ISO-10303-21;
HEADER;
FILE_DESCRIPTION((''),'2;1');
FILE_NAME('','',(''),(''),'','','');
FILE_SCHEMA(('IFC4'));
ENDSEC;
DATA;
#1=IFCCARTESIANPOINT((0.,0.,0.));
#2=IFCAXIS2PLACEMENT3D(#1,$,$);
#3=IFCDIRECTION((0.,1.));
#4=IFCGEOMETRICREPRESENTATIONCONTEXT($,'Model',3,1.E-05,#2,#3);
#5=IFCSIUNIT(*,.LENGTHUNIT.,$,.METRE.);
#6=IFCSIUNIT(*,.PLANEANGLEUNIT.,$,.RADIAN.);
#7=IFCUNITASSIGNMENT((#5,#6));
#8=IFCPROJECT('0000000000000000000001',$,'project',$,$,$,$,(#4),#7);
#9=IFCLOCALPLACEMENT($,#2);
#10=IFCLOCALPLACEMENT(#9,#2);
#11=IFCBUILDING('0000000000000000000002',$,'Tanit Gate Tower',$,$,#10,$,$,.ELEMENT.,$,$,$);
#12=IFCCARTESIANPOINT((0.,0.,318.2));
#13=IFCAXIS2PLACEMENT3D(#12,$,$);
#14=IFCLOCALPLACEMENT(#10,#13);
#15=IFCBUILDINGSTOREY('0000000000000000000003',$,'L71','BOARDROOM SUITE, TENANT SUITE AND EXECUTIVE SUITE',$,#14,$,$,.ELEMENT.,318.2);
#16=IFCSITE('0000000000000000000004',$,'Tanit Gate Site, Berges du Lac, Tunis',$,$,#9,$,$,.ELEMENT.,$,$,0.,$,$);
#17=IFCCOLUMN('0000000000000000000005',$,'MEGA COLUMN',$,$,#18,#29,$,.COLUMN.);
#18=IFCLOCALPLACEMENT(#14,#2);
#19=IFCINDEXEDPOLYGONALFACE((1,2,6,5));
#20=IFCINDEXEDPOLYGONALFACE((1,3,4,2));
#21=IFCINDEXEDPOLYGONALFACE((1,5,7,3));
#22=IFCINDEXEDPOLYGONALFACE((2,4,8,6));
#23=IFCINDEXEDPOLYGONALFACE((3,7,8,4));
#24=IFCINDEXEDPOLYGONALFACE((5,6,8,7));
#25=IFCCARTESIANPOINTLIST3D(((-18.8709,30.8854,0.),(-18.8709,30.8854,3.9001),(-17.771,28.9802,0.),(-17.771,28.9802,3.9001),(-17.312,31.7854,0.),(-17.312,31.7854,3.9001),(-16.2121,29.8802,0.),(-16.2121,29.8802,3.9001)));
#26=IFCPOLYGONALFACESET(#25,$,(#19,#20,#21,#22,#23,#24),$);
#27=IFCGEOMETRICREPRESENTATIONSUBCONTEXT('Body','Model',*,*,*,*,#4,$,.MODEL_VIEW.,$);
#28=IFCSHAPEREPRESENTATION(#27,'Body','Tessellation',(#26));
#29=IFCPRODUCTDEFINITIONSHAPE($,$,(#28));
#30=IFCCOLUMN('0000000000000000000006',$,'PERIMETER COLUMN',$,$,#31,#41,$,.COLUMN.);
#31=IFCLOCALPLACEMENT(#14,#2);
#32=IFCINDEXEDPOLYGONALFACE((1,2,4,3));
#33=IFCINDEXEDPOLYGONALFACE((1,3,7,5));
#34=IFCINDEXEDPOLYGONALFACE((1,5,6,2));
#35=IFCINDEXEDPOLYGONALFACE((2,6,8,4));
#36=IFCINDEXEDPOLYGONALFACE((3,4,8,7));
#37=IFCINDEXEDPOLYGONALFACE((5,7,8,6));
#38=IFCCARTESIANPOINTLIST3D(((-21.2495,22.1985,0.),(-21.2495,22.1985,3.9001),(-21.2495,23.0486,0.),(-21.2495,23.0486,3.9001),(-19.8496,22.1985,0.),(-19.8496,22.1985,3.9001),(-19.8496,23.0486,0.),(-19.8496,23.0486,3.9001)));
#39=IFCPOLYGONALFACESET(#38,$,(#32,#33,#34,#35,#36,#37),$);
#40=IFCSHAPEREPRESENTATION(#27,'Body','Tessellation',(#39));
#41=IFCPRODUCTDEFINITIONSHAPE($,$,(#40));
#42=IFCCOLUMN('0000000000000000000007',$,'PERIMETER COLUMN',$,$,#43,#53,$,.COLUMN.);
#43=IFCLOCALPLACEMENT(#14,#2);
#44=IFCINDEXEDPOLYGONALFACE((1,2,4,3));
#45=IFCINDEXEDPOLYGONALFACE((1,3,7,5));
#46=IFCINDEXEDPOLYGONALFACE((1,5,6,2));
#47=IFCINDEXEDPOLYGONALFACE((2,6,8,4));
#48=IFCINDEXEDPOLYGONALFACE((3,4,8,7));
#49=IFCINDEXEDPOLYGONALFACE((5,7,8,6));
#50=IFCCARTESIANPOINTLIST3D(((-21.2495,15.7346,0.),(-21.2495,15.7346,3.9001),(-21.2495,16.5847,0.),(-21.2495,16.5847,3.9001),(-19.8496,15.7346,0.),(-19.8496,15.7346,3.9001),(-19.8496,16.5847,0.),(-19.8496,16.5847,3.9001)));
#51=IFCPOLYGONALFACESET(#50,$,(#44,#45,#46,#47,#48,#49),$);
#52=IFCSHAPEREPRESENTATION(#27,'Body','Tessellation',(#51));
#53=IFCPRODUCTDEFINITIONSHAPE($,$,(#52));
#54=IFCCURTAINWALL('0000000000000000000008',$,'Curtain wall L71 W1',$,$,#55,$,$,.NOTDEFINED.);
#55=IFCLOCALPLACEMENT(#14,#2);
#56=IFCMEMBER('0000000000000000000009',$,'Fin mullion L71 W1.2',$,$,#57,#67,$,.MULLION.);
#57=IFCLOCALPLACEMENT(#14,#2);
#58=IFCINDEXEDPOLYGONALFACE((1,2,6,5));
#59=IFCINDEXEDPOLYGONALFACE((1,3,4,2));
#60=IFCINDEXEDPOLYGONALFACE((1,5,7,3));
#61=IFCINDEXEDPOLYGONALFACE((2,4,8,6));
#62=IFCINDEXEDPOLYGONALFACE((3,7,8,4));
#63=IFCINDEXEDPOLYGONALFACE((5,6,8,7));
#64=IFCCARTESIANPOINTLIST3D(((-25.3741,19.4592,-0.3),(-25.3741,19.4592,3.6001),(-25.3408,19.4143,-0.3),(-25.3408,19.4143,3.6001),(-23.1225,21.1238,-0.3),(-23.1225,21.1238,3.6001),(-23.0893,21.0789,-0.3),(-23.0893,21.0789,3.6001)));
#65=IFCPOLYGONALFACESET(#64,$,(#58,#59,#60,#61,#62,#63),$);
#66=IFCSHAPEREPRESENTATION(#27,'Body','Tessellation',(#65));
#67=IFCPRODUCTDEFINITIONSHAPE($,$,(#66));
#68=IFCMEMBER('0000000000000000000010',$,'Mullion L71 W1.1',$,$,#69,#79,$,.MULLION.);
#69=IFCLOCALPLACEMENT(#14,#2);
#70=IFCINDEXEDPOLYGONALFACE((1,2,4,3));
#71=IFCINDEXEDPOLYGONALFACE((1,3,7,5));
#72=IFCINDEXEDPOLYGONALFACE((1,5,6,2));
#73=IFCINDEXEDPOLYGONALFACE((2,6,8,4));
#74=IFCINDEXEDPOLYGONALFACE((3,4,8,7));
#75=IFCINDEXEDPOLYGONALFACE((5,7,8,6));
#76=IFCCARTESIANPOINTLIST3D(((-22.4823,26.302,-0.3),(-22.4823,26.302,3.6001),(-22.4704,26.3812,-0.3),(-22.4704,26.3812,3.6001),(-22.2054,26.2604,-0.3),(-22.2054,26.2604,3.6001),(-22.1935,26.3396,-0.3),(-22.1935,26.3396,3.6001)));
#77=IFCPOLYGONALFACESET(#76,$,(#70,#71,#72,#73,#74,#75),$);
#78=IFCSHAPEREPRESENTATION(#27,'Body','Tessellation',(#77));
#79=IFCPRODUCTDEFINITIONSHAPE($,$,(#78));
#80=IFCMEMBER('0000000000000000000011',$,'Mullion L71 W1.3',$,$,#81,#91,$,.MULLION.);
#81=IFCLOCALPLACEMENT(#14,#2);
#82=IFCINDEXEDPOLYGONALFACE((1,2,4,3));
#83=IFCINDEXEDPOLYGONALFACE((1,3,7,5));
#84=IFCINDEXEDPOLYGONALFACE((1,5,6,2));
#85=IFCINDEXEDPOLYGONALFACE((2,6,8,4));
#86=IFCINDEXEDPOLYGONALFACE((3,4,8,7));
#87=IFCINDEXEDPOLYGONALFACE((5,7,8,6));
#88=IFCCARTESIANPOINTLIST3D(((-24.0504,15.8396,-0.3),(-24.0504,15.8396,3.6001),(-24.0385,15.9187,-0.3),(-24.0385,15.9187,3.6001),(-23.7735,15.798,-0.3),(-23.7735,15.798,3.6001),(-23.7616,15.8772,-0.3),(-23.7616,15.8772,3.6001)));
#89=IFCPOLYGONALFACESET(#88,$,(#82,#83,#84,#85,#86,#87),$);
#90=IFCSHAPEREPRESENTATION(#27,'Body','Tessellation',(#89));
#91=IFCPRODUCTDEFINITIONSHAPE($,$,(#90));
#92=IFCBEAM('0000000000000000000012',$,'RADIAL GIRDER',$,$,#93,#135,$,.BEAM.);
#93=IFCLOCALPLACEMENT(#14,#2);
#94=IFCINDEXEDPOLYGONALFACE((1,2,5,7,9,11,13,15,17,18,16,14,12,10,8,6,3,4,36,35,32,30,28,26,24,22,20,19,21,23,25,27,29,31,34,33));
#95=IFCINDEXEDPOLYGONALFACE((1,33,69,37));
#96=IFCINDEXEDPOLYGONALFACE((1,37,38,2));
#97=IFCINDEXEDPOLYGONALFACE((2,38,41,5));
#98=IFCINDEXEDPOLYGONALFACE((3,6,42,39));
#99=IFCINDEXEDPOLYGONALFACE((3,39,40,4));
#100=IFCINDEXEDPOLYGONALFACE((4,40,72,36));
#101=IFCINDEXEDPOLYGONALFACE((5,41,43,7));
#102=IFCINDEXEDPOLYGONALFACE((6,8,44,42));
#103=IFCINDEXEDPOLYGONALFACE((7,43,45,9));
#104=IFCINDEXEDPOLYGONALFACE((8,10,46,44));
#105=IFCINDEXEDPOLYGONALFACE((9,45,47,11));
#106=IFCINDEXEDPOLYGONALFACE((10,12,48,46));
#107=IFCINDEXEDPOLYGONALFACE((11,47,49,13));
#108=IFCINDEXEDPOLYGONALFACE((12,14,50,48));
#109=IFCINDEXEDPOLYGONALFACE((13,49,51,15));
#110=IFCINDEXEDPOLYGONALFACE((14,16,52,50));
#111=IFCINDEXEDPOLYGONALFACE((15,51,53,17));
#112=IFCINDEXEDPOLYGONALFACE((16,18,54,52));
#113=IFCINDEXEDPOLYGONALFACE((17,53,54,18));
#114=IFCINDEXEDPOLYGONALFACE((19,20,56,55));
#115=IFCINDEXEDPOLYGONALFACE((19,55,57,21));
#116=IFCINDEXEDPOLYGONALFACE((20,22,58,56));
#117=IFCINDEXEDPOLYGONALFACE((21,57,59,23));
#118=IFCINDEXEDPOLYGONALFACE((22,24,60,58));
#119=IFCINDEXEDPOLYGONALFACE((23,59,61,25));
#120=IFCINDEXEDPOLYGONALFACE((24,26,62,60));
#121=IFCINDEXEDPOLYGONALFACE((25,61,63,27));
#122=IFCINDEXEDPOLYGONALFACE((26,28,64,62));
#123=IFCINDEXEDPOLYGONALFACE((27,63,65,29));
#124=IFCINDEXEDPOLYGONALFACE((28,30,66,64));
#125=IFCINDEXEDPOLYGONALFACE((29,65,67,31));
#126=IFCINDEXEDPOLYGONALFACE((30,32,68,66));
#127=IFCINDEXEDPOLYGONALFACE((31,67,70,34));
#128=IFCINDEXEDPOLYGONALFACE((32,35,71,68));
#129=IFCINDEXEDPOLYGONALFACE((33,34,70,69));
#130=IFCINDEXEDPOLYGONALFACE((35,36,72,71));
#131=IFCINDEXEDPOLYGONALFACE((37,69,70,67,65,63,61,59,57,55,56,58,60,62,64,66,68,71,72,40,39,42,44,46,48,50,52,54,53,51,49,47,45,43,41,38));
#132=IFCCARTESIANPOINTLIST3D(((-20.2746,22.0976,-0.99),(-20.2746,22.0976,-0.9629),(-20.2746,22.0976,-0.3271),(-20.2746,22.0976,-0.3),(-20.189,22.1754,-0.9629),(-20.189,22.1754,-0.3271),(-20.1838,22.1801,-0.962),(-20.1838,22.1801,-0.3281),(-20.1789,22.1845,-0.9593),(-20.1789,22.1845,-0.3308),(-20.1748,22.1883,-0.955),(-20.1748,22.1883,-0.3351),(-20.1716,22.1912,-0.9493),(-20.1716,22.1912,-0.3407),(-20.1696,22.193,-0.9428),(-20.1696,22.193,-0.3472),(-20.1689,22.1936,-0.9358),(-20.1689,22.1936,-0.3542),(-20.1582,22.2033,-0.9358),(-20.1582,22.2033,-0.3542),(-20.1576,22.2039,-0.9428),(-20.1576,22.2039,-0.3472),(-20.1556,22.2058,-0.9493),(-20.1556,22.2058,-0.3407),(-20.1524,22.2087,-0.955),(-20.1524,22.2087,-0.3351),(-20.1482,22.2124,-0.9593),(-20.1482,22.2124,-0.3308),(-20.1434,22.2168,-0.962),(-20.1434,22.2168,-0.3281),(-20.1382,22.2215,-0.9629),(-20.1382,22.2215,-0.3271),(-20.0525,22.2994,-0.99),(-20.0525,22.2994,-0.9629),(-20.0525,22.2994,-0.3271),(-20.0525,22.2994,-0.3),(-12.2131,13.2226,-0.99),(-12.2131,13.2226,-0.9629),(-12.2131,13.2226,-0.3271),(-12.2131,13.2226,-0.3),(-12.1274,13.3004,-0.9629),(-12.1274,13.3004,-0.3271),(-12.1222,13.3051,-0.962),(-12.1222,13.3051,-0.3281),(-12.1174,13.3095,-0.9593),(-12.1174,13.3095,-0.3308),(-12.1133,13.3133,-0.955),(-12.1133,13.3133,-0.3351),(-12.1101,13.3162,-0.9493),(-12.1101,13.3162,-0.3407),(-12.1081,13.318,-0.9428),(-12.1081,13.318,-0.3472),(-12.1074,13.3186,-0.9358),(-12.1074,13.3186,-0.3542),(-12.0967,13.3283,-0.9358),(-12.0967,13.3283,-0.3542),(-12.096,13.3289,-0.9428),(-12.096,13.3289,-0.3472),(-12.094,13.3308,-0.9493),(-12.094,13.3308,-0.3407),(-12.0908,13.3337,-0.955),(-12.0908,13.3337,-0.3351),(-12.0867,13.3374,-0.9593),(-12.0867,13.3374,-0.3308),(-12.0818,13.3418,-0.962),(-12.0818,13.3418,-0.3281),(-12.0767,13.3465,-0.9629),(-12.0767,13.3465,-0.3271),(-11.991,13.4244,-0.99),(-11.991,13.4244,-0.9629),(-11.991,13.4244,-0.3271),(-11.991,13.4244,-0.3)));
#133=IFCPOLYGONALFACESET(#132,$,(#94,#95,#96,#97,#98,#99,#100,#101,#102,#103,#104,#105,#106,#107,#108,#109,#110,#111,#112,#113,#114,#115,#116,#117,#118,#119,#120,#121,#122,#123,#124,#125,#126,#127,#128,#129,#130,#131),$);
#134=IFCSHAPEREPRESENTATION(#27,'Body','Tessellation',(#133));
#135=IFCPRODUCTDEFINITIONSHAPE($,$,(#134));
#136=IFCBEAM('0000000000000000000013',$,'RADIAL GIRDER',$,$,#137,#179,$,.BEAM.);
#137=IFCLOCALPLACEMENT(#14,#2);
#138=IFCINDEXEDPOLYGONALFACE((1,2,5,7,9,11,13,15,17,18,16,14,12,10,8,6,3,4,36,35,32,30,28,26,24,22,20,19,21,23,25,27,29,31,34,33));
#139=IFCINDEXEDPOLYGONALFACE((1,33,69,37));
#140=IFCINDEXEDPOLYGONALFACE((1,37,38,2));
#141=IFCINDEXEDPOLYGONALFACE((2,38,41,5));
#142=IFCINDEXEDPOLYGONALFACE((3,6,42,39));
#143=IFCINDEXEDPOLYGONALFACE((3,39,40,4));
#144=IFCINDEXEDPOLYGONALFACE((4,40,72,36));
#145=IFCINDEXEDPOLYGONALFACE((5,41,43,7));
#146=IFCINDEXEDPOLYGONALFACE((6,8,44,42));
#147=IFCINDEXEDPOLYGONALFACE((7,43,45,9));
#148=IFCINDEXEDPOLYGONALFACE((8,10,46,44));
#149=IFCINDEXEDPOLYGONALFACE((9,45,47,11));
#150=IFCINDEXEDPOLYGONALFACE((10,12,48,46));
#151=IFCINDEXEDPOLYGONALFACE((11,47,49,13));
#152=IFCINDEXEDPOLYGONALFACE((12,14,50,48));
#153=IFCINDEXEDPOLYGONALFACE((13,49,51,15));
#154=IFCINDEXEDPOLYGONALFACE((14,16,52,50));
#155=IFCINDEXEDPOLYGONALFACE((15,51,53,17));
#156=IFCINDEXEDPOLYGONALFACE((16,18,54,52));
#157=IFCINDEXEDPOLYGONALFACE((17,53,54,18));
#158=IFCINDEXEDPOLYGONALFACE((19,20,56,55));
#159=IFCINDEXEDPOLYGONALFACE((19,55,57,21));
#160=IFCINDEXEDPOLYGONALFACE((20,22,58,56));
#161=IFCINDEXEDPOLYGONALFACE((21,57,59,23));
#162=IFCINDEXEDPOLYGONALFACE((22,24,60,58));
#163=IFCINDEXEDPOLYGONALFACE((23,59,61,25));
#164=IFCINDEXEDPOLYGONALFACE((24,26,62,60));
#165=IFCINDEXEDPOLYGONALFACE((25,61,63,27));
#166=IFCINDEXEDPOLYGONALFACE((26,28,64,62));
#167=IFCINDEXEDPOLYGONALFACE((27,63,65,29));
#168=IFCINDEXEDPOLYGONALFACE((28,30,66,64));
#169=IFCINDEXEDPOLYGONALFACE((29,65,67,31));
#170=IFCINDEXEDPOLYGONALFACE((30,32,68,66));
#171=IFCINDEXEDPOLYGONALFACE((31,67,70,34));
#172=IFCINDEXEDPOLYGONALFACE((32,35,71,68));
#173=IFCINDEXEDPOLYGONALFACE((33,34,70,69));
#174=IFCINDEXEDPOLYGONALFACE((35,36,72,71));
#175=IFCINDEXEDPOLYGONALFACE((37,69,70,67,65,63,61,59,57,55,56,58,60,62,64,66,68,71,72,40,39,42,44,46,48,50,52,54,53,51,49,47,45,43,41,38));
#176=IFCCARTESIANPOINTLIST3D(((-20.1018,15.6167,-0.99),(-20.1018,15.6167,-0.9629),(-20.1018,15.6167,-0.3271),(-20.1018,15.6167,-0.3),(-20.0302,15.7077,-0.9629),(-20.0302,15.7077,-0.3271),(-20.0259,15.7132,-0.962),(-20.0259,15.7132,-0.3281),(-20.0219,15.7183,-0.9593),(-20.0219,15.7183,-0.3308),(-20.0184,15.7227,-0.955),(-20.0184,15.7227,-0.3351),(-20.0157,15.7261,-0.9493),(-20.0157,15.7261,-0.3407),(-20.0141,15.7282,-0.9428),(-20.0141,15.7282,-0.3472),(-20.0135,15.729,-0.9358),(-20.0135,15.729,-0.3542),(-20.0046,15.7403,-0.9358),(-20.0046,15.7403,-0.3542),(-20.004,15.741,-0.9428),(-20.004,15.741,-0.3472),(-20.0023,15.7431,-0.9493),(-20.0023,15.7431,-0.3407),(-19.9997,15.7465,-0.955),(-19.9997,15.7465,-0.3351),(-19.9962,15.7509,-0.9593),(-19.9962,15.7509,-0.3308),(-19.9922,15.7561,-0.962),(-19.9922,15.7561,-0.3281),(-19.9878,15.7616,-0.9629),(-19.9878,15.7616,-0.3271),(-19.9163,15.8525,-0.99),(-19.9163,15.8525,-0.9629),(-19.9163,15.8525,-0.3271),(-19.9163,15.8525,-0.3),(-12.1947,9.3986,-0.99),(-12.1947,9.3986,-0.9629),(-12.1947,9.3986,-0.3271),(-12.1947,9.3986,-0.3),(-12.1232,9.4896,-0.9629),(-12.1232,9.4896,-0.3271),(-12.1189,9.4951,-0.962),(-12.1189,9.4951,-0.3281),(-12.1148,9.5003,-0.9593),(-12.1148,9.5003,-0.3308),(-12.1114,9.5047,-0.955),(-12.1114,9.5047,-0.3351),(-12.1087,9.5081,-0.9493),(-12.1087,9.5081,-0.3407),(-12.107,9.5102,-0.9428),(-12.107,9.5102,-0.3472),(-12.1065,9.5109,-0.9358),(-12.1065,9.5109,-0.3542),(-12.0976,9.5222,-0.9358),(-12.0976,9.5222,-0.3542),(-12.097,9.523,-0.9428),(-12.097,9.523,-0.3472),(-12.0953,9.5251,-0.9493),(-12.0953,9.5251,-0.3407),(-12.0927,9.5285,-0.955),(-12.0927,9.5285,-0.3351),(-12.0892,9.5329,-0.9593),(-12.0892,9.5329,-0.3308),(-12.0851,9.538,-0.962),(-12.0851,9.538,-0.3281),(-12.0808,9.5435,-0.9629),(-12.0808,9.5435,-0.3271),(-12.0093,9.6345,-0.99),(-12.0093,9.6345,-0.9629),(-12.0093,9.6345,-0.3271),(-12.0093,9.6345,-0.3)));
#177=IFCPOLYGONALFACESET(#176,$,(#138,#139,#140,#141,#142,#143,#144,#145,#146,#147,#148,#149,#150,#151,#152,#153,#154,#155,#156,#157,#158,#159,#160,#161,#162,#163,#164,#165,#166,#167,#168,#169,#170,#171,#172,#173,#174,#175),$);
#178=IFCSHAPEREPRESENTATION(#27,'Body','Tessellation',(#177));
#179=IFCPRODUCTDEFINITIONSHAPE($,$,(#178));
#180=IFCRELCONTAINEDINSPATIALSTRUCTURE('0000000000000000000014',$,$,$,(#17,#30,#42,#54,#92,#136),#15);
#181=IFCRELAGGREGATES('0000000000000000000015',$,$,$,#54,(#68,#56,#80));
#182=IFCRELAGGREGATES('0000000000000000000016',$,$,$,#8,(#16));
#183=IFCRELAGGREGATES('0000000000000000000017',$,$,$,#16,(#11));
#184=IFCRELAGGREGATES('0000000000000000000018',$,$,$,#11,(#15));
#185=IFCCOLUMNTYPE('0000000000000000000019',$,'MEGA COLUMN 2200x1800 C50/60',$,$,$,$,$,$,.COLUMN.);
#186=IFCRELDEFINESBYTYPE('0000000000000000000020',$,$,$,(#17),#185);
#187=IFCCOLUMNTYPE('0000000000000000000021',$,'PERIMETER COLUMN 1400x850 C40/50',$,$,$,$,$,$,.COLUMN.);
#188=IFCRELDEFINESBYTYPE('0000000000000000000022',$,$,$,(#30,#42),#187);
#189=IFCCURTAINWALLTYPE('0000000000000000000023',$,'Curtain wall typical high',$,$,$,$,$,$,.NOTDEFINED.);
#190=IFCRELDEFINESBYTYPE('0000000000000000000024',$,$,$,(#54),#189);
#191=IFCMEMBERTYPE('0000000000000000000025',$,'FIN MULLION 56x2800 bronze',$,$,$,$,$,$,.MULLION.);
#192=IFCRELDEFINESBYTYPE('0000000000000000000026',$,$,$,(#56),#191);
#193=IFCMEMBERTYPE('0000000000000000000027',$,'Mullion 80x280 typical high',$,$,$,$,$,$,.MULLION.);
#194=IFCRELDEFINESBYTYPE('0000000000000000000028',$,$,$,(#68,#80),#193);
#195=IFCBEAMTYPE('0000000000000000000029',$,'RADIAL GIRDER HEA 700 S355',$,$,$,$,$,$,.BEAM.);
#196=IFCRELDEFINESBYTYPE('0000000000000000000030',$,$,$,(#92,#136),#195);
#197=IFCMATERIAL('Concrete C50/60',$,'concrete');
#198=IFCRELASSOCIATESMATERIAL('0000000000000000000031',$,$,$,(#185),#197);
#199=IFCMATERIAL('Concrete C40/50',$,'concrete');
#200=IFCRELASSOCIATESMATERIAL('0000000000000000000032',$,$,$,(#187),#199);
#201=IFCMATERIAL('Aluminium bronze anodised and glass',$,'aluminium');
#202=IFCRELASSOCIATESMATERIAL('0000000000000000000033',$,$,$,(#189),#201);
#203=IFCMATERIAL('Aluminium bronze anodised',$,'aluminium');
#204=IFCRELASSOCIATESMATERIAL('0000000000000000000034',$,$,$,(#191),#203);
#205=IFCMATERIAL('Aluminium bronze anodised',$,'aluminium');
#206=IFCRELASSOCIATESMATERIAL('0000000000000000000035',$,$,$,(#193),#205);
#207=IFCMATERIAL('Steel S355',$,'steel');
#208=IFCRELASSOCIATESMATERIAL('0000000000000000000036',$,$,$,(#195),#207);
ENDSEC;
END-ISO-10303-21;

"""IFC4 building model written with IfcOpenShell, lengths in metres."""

from ifc_helpers import new_model, si_unit, direction, frame, origin, origin_2d, place, context, subcontext, project, spatial, rectangle, i_section, extrude, material, material_profile, profile_set, type_object, element, aggregate, save


model = new_model("IFC4")

# Units and contexts
model_context = context("Model", 3, precision=1e-05, world=origin(), true_north=direction((0.0, 1.0)))
body_context = subcontext(model_context, "Body", "Model", "MODEL_VIEW")
ifc_project = project(units=[si_unit("LENGTHUNIT", "METRE"), si_unit("PLANEANGLEUNIT", "RADIAN")], contexts=[model_context])

# Site, building, storey
site_placement = place(None, origin())
site = spatial("IfcSite", under=ifc_project, at=site_placement, Name="Tanit Gate Site, Berges du Lac, Tunis", CompositionType="ELEMENT", RefElevation=0.0)
building_placement = place(site_placement, origin())
building = spatial("IfcBuilding", under=site, at=building_placement, Name="Tanit Gate Tower", CompositionType="ELEMENT")
storey_placement = place(building_placement, frame((0.0, 0.0, 318.2)))
storey = spatial("IfcBuildingStorey", under=building, at=storey_placement, Name="L71", Description="BOARDROOM SUITE, TENANT SUITE AND EXECUTIVE SUITE", CompositionType="ELEMENT", Elevation=318.2)

# Columns
ifc_material_1 = material(Name="Concrete C50/60", Category="concrete")
ifc_material_profile_1 = material_profile(ifc_material_1, rectangle(XDim=2.2, YDim=1.8, at=origin_2d()), Name="RC 2200x1800")
ifc_profile_set_1 = profile_set([ifc_material_profile_1], Name="Concrete C50/60")
column_type_1 = type_object("IfcColumnType", Name="MEGA COLUMN 2200x1800 C50/60", PredefinedType="COLUMN", material=ifc_profile_set_1)
column_placement = place(storey_placement, frame((-17.5415, 30.3828, 0.0), z_axis=(0.0, 0.0, 1.0), x_axis=(-0.5, 0.866025, 0.0)))
element("IfcColumn", 1, at=column_placement, inside=storey, type_object=column_type_1, Name="MEGA COLUMN", PredefinedType="COLUMN", context=body_context, shape_type="SweptSolid", body=[
    extrude(rectangle(XDim=2.2, YDim=1.8, at=origin_2d()), origin(), (0.0, 0.0, 1.0), 3.9001),
])
ifc_material_2 = material(Name="Concrete C40/50", Category="concrete")
ifc_material_profile_2 = material_profile(ifc_material_2, rectangle(XDim=1.3999, YDim=0.8501, at=origin_2d()), Name="RC 1400x850")
ifc_profile_set_2 = profile_set([ifc_material_profile_2], Name="Concrete C40/50")
column_type_2 = type_object("IfcColumnType", Name="PERIMETER COLUMN 1400x850 C40/50", PredefinedType="COLUMN", material=ifc_profile_set_2)
for number, where, z_axis, x_axis, name in (
    (2, (-20.5496, 22.6235, 0.0), (0.0, 0.0, 1.0), (-1.0, 0.0, 0.0), "PERIMETER COLUMN"),
    (3, (-20.5496, 16.1597, 0.0), (0.0, 0.0, 1.0), (-1.0, 0.0, 0.0), "PERIMETER COLUMN"),
):
    element("IfcColumn", number, at=place(storey_placement, frame(where, z_axis=z_axis, x_axis=x_axis)), inside=storey, type_object=column_type_2, Name=name, PredefinedType="COLUMN", context=body_context, shape_type="SweptSolid", body=[
        extrude(rectangle(XDim=1.3999, YDim=0.8501, at=origin_2d()), origin(), (0.0, 0.0, 1.0), 3.9001),
    ])

# Curtain wall, members
ifc_material_3 = material(Name="Aluminium bronze anodised and glass", Category="aluminium")
curtain_wall_type = type_object("IfcCurtainWallType", Name="Curtain wall typical high", PredefinedType="NOTDEFINED", material=ifc_material_3)
curtain_wall_1_placement = place(storey_placement, origin())
curtain_wall_1 = element("IfcCurtainWall", 4, at=curtain_wall_1_placement, inside=storey, type_object=curtain_wall_type, Name="Curtain wall L71 W1", PredefinedType="NOTDEFINED")
ifc_material_4 = material(Name="Aluminium bronze anodised", Category="aluminium")
ifc_material_profile_3 = material_profile(ifc_material_4, rectangle(XDim=2.8, YDim=0.0559, at=origin_2d()), Name="56x2800 bronze fin mullion")
ifc_profile_set_3 = profile_set([ifc_material_profile_3], Name="Aluminium bronze anodised")
member_type_1 = type_object("IfcMemberType", Name="FIN MULLION 56x2800 bronze", PredefinedType="MULLION", material=ifc_profile_set_3)
member_1_placement = place(storey_placement, frame((-24.2317, 20.269, -0.3), z_axis=(0.0, 0.0, 1.0), x_axis=(0.804109, 0.594482, 0.0)))
member_1 = element("IfcMember", 5, at=member_1_placement, type_object=member_type_1, Name="Fin mullion L71 W1.2", PredefinedType="MULLION", context=body_context, shape_type="SweptSolid", body=[
    extrude(rectangle(XDim=2.8, YDim=0.0559, at=origin_2d()), origin(), (0.0, 0.0, 1.0), 3.9001),
])
ifc_material_5 = material(Name="Aluminium bronze anodised", Category="aluminium")
ifc_material_profile_4 = material_profile(ifc_material_5, rectangle(XDim=0.28, YDim=0.0801, at=origin_2d()), Name="80x280 bronze mullion")
ifc_profile_set_4 = profile_set([ifc_material_profile_4], Name="Aluminium bronze anodised")
member_type_2 = type_object("IfcMemberType", Name="Mullion 80x280 typical high", PredefinedType="MULLION", material=ifc_profile_set_4)
member_2_placement = place(storey_placement, frame((-22.3379, 26.3208, -0.3), z_axis=(0.0, 0.0, 1.0), x_axis=(0.988953, -0.148229, 0.0)))
member_2 = element("IfcMember", 6, at=member_2_placement, type_object=member_type_2, Name="Mullion L71 W1.1", PredefinedType="MULLION", context=body_context, shape_type="SweptSolid", body=[
    extrude(rectangle(XDim=0.28, YDim=0.0801, at=origin_2d()), origin(), (0.0, 0.0, 1.0), 3.9001),
])
member_3_placement = place(storey_placement, frame((-23.906, 15.8584, -0.3), z_axis=(0.0, 0.0, 1.0), x_axis=(0.988953, -0.148229, 0.0)))
member_3 = element("IfcMember", 7, at=member_3_placement, type_object=member_type_2, Name="Mullion L71 W1.3", PredefinedType="MULLION", context=body_context, shape_type="SweptSolid", body=[
    extrude(rectangle(XDim=0.28, YDim=0.0801, at=origin_2d()), origin(), (0.0, 0.0, 1.0), 3.9001),
])

# Beams
ifc_material_6 = material(Name="Steel S355", Category="steel")
ifc_material_profile_5 = material_profile(ifc_material_6, i_section(OverallWidth=0.3, OverallDepth=0.6899, WebThickness=0.0144, FlangeThickness=0.0271, FilletRadius=0.0271, at=origin_2d()), Name="HEA 700")
ifc_profile_set_5 = profile_set([ifc_material_profile_5], Name="Steel S355")
beam_type_1 = type_object("IfcBeamType", Name="RADIAL GIRDER HEA 700 S355", PredefinedType="BEAM", material=ifc_profile_set_5)
beam_1_placement = place(storey_placement, frame((-20.1636, 22.1985, -0.645), z_axis=(0.672369, -0.740216, 0.0), x_axis=(0.740216, 0.672369, 0.0)))
element("IfcBeam", 8, at=beam_1_placement, inside=storey, type_object=beam_type_1, Name="RADIAL GIRDER", PredefinedType="BEAM", context=body_context, shape_type="SweptSolid", body=[
    extrude(i_section(OverallWidth=0.3, OverallDepth=0.6899, WebThickness=0.0144, FlangeThickness=0.0271, FilletRadius=0.0271, at=origin_2d()), origin(), (0.0, 0.0, 1.0), 11.9897),
])
beam_2_placement = place(storey_placement, frame((-20.009, 15.7346, -0.645), z_axis=(0.786058, -0.618153, 0.0), x_axis=(0.618153, 0.786058, 0.0)))
element("IfcBeam", 9, at=beam_2_placement, inside=storey, type_object=beam_type_1, Name="RADIAL GIRDER", PredefinedType="BEAM", context=body_context, shape_type="SweptSolid", body=[
    extrude(i_section(OverallWidth=0.3, OverallDepth=0.6899, WebThickness=0.0144, FlangeThickness=0.0271, FilletRadius=0.0271, at=origin_2d()), origin(), (0.0, 0.0, 1.0), 10.0591),
])

aggregate(curtain_wall_1, [member_2, member_1, member_3])

save(model, "model.ifc")
